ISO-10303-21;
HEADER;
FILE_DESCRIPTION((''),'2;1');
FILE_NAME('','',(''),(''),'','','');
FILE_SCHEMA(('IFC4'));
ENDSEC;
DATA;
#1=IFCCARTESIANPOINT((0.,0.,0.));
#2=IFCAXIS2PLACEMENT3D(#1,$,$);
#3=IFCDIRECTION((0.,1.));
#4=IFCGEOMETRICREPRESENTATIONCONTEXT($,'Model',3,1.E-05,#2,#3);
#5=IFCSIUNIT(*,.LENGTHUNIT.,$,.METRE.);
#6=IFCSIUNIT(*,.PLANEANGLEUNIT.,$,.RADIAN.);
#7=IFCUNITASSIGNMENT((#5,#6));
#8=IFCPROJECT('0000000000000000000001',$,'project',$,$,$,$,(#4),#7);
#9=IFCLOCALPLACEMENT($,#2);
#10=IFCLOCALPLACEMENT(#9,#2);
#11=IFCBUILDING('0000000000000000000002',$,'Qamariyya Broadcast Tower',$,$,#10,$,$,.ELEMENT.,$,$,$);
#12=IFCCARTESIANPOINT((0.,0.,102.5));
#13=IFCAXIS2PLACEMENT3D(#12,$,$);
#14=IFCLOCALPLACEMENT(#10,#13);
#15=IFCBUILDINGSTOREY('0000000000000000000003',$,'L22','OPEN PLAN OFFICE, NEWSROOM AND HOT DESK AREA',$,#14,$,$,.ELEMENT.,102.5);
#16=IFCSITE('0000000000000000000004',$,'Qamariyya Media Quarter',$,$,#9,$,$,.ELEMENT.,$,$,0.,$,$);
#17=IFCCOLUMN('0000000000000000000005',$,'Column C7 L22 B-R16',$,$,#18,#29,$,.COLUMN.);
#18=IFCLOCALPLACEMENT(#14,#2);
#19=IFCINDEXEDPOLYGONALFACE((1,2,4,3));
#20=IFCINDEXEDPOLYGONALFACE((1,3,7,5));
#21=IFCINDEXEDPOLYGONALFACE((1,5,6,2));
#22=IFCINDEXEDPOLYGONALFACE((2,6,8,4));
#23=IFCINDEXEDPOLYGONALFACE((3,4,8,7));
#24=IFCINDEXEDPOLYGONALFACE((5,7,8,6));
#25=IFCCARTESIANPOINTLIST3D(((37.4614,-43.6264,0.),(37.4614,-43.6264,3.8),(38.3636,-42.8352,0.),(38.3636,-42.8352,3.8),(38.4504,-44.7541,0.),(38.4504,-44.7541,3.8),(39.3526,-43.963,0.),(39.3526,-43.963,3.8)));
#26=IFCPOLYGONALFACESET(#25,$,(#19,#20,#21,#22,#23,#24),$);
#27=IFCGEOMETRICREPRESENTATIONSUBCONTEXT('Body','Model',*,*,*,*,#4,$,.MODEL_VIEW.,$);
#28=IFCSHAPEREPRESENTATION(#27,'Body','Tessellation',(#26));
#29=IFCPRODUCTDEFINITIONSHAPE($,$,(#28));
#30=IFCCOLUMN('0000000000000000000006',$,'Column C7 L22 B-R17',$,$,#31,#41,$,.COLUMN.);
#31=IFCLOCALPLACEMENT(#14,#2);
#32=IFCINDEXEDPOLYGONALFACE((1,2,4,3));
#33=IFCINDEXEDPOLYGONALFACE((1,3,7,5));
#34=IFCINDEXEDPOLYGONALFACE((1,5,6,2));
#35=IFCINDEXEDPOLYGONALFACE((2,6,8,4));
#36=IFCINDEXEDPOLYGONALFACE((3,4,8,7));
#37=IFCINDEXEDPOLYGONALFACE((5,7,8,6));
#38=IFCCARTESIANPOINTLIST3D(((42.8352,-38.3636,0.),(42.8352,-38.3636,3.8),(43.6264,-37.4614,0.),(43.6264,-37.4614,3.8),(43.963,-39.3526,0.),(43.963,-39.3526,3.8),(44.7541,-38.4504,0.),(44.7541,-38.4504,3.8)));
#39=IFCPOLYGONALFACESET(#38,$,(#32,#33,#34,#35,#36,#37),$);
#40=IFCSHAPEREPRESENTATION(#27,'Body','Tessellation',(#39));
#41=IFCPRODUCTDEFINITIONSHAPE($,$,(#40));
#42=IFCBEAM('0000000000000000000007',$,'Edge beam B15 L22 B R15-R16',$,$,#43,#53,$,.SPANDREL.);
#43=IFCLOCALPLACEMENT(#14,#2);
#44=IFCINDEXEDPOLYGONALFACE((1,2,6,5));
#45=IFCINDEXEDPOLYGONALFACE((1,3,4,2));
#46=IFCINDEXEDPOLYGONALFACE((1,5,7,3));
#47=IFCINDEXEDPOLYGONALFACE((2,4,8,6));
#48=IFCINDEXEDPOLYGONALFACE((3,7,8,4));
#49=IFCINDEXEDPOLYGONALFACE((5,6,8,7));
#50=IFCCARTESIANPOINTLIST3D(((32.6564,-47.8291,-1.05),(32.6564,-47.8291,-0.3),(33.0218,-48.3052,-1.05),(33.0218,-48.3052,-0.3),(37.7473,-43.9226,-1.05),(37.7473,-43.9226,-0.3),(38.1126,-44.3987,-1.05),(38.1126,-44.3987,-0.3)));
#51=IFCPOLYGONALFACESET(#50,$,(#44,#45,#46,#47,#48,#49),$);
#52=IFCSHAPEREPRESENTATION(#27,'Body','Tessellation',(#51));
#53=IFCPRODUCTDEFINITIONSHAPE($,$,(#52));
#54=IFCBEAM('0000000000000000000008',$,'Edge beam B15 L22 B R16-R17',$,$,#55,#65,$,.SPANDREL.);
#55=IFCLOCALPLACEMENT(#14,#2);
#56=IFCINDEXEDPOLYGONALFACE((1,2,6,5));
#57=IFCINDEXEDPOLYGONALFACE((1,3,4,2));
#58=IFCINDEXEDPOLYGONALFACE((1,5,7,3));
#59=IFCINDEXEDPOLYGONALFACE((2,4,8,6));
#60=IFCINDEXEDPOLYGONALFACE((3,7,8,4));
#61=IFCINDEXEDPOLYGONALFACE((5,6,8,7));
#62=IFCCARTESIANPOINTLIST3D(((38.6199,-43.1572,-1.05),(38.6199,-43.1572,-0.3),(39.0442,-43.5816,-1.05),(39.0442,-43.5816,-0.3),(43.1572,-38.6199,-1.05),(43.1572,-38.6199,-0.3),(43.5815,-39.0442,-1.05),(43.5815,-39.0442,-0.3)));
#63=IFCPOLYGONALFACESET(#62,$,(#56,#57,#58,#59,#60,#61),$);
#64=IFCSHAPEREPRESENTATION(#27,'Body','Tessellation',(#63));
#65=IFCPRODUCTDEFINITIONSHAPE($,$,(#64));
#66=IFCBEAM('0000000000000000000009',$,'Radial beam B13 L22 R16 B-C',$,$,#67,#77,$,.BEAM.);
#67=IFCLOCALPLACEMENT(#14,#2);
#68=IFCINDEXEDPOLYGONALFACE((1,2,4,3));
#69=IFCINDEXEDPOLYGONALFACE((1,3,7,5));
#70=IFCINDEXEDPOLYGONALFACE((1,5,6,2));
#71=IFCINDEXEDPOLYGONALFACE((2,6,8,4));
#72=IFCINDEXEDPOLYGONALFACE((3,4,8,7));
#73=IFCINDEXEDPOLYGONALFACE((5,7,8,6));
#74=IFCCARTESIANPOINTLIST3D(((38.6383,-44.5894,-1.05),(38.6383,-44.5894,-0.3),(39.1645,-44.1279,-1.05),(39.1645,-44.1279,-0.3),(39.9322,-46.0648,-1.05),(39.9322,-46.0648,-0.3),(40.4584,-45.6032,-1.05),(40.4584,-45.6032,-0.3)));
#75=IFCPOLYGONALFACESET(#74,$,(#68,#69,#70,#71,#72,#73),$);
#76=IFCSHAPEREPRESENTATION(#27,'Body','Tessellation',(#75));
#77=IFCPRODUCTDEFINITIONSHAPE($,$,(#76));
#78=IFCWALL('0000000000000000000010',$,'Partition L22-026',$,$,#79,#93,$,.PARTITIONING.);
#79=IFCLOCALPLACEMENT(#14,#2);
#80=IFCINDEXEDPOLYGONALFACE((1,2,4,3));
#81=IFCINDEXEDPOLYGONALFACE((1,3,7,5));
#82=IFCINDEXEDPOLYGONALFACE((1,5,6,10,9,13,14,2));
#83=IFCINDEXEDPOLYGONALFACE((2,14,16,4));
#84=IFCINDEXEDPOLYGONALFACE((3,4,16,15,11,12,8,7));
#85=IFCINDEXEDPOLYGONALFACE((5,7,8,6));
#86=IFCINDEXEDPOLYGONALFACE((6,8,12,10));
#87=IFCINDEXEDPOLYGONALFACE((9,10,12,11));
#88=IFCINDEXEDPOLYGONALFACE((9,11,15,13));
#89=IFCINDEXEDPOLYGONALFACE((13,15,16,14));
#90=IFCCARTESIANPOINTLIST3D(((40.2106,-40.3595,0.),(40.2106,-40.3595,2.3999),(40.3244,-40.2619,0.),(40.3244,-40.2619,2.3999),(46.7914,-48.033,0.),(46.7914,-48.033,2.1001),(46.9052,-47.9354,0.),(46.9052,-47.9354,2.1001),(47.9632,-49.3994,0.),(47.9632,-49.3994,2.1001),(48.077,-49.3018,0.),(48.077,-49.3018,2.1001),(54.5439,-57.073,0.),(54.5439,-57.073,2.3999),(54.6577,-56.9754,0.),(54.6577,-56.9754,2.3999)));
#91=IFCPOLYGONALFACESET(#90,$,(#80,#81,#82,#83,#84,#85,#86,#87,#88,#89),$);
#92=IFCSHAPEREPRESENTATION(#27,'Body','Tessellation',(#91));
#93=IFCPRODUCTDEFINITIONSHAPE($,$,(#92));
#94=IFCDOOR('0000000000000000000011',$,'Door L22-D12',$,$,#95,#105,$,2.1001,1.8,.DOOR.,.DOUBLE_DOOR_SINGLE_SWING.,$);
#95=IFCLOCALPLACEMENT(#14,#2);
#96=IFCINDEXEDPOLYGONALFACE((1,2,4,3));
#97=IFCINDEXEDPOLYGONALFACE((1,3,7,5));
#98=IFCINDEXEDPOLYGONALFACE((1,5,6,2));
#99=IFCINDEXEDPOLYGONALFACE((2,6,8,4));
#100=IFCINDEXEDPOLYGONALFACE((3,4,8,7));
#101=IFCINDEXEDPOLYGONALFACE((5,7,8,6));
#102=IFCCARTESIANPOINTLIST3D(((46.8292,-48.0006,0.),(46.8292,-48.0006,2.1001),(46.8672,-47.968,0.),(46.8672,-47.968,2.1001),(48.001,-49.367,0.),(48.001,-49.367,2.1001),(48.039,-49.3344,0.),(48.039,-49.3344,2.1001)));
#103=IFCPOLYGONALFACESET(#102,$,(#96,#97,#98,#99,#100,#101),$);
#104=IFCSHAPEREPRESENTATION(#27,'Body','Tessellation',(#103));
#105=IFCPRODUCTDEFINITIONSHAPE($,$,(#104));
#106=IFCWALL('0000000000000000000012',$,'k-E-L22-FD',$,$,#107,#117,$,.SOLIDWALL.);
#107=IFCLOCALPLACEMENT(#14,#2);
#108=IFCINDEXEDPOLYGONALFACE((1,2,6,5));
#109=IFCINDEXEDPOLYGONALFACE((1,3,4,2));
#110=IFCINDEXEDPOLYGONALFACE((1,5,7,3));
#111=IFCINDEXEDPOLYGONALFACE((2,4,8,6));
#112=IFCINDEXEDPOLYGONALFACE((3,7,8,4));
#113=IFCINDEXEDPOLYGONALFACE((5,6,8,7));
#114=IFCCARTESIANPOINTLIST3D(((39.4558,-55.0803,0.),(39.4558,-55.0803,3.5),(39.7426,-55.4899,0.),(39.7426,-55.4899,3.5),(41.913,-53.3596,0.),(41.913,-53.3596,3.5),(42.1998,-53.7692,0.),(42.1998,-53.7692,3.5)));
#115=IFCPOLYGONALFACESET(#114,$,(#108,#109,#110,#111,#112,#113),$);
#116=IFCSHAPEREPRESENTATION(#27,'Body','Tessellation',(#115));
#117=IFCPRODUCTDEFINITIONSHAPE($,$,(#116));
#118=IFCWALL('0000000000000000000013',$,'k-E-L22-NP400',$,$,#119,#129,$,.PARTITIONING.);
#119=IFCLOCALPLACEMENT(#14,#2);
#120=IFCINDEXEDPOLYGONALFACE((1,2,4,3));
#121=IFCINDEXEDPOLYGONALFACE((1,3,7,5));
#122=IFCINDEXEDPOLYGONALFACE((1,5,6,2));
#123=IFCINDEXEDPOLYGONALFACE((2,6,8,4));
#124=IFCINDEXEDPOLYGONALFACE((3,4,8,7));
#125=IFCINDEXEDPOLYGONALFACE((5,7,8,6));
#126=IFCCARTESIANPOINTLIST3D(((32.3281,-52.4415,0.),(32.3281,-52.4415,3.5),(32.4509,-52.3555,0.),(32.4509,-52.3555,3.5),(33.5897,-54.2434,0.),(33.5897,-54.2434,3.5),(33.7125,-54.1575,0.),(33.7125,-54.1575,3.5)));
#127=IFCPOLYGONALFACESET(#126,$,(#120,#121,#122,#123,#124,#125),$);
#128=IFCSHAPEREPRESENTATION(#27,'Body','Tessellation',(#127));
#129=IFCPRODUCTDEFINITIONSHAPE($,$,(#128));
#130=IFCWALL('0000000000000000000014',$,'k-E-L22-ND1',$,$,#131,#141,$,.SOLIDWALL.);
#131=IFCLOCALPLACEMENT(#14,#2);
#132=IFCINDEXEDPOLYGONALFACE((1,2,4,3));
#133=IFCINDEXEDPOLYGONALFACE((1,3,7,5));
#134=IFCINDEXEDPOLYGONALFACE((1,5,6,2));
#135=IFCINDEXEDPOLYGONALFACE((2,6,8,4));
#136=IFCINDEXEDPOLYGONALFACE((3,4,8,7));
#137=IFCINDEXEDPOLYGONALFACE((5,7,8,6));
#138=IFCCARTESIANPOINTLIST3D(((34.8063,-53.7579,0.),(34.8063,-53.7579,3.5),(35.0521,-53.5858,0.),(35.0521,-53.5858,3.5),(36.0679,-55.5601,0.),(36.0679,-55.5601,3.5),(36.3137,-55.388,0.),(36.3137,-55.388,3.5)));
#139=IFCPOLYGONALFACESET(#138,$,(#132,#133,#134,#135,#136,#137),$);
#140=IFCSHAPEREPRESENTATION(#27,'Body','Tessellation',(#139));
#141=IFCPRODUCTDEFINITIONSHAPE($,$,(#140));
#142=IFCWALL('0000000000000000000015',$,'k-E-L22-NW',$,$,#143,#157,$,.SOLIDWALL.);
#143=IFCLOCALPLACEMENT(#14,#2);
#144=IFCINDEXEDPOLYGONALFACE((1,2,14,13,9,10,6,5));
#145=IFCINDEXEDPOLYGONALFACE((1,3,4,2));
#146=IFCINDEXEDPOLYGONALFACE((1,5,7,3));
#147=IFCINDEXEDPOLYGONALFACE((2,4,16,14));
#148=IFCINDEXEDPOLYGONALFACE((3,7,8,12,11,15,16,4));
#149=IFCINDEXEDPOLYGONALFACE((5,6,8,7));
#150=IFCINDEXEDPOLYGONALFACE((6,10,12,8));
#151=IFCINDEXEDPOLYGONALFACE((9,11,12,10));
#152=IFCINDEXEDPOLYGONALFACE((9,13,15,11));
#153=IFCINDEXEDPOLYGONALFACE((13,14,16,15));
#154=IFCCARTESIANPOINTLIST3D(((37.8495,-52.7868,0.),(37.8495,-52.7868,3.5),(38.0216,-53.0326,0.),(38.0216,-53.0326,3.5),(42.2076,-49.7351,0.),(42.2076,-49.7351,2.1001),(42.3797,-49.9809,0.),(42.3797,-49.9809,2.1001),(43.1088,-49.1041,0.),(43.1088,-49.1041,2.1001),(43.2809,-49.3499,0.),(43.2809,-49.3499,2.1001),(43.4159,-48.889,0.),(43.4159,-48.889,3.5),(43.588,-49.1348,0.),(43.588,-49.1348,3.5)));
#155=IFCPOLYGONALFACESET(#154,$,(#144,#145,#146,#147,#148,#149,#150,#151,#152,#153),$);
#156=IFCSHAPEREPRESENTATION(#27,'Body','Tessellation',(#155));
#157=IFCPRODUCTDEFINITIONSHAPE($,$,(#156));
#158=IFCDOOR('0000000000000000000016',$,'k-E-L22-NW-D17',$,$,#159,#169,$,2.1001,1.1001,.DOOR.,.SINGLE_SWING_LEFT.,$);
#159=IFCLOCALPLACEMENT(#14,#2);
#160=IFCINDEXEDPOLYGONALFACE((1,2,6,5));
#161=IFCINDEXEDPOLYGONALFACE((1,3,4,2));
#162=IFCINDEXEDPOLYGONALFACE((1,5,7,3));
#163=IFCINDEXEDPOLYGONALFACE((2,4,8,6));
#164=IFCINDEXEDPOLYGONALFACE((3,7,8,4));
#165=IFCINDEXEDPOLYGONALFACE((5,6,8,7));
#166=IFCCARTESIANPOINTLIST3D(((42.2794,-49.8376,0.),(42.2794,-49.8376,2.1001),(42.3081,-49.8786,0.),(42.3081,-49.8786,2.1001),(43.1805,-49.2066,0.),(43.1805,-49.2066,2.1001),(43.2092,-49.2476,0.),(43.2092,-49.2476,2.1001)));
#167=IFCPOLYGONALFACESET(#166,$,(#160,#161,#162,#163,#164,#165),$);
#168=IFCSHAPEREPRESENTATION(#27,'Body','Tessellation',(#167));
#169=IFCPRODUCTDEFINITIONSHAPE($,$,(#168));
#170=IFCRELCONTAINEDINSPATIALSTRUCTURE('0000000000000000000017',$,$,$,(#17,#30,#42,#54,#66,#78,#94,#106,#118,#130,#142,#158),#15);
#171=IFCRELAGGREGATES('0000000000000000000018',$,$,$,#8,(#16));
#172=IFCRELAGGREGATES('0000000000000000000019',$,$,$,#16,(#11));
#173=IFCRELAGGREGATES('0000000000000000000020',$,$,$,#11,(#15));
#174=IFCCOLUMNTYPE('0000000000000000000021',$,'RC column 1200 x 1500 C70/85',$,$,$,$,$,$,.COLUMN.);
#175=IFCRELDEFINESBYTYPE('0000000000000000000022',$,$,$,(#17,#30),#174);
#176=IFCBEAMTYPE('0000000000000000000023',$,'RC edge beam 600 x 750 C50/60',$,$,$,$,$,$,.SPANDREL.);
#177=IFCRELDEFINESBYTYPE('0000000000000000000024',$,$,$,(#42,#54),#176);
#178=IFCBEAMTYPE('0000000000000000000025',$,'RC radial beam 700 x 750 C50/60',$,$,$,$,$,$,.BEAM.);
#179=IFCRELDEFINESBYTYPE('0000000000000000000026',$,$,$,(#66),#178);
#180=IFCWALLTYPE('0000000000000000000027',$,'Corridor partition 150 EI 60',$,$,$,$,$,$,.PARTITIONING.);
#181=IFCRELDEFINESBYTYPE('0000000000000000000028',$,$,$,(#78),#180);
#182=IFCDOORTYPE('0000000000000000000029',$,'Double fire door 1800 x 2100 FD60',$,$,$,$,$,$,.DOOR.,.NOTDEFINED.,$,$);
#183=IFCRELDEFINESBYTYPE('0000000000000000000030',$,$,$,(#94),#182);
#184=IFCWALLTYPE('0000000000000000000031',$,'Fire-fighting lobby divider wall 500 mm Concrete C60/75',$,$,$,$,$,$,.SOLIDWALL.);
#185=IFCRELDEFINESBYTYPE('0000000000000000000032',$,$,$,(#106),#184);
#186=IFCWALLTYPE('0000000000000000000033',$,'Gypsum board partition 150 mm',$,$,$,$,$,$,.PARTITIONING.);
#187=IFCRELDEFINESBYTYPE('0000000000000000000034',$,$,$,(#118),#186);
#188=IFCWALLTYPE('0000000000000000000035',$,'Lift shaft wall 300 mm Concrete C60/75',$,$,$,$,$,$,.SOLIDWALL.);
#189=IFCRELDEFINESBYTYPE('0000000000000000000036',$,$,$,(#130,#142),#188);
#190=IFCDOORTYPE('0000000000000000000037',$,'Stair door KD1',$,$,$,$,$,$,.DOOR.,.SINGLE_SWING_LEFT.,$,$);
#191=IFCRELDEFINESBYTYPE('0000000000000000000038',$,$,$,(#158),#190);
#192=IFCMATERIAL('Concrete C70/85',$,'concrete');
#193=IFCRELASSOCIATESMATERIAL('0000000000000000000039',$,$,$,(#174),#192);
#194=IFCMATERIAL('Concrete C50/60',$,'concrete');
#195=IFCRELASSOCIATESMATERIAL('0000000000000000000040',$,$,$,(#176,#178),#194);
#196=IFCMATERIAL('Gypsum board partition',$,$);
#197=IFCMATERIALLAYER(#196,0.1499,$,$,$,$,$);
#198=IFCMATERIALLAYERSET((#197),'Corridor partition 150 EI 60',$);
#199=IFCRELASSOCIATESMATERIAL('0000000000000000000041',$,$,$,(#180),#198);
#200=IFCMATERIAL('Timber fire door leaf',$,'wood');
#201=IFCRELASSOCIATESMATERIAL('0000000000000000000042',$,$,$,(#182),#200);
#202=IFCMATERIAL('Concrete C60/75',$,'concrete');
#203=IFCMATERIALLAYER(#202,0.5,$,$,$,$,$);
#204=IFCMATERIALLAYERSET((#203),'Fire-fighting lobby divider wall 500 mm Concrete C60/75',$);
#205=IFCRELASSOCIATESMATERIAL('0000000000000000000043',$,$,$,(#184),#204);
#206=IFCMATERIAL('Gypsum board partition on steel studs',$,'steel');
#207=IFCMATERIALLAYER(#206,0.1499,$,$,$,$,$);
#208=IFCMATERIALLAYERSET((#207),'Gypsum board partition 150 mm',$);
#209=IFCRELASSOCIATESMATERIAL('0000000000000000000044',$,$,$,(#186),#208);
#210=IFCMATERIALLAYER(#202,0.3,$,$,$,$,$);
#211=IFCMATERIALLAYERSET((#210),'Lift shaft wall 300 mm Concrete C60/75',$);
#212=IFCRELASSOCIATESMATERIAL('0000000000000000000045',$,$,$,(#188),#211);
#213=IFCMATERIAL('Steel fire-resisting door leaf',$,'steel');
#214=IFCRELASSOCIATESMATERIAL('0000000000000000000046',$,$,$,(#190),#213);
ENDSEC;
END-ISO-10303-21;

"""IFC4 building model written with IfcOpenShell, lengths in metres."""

from ifc_helpers import new_model, si_unit, direction, frame, frame_2d, origin, origin_2d, place, context, subcontext, project, spatial, rectangle, extrude, material, layer, layer_set, material_profile, profile_set, type_object, element, fill, save


model = new_model("IFC4")

# Units and contexts
model_context = context("Model", 3, precision=1e-05, world=origin(), true_north=direction((0.0, 1.0)))
body_context = subcontext(model_context, "Body", "Model", "MODEL_VIEW")
ifc_project = project(units=[si_unit("LENGTHUNIT", "METRE"), si_unit("PLANEANGLEUNIT", "RADIAN")], contexts=[model_context])

# Site, building, storey
site_placement = place(None, origin())
site = spatial("IfcSite", under=ifc_project, at=site_placement, Name="Qamariyya Media Quarter", CompositionType="ELEMENT", RefElevation=0.0)
building_placement = place(site_placement, origin())
building = spatial("IfcBuilding", under=site, at=building_placement, Name="Qamariyya Broadcast Tower", CompositionType="ELEMENT")
storey_placement = place(building_placement, frame((0.0, 0.0, 102.5)))
storey = spatial("IfcBuildingStorey", under=building, at=storey_placement, Name="L22", Description="OPEN PLAN OFFICE, NEWSROOM AND HOT DESK AREA", CompositionType="ELEMENT", Elevation=102.5)

# Columns
ifc_material_1 = material(Name="Concrete C70/85", Category="concrete")
ifc_material_profile_1 = material_profile(ifc_material_1, rectangle(XDim=1.2, YDim=1.5, at=origin_2d()))
ifc_profile_set_1 = profile_set([ifc_material_profile_1], Name="Concrete C70/85")
column_type = type_object("IfcColumnType", Name="RC column 1200 x 1500 C70/85", PredefinedType="COLUMN", material=ifc_profile_set_1)
for number, where, z_axis, x_axis, name in (
    (1, (38.407, -43.7947, 0.0), (0.0, 0.0, 1.0), (0.75184, 0.659346, 0.0), "Column C7 L22 B-R16"),
    (2, (43.7947, -38.407, 0.0), (0.0, 0.0, 1.0), (0.659346, 0.75184, 0.0), "Column C7 L22 B-R17"),
):
    element("IfcColumn", number, at=place(storey_placement, frame(where, z_axis=z_axis, x_axis=x_axis)), inside=storey, type_object=column_type, Name=name, PredefinedType="COLUMN", context=body_context, shape_type="SweptSolid", body=[
        extrude(rectangle(XDim=1.2, YDim=1.5, at=origin_2d()), origin(), (0.0, 0.0, 1.0), 3.8),
    ])

# Beams
ifc_material_2 = material(Name="Concrete C50/60", Category="concrete")
ifc_material_profile_2 = material_profile(ifc_material_2, rectangle(XDim=0.6001, YDim=0.75, at=origin_2d()))
ifc_profile_set_2 = profile_set([ifc_material_profile_2], Name="Concrete C50/60")
beam_type_1 = type_object("IfcBeamType", Name="RC edge beam 600 x 750 C50/60", PredefinedType="SPANDREL", material=ifc_profile_set_2)
beam_1_placement = place(storey_placement, frame((32.8391, -48.0671, -0.675), z_axis=(0.793341, 0.608778, 0.0), x_axis=(-0.608778, 0.793341, 0.0)))
element("IfcBeam", 3, at=beam_1_placement, inside=storey, type_object=beam_type_1, Name="Edge beam B15 L22 B R15-R16", PredefinedType="SPANDREL", context=body_context, shape_type="SweptSolid", body=[
    extrude(rectangle(XDim=0.6001, YDim=0.75, at=origin_2d()), origin(), (0.0, 0.0, 1.0), 6.417),
])
beam_2_placement = place(storey_placement, frame((38.832, -43.3694, -0.675), z_axis=(0.707107, 0.707107, 0.0), x_axis=(-0.707107, 0.707107, 0.0)))
element("IfcBeam", 4, at=beam_2_placement, inside=storey, type_object=beam_type_1, Name="Edge beam B15 L22 B R16-R17", PredefinedType="SPANDREL", context=body_context, shape_type="SweptSolid", body=[
    extrude(rectangle(XDim=0.6001, YDim=0.75, at=origin_2d()), origin(), (0.0, 0.0, 1.0), 6.4167),
])
ifc_material_profile_3 = material_profile(ifc_material_2, rectangle(XDim=0.7, YDim=0.75, at=origin_2d()))
ifc_profile_set_3 = profile_set([ifc_material_profile_3], Name="Concrete C50/60")
beam_type_2 = type_object("IfcBeamType", Name="RC radial beam 700 x 750 C50/60", PredefinedType="BEAM", material=ifc_profile_set_3)
beam_3_placement = place(storey_placement, frame((38.9014, -44.3586, -0.675), z_axis=(0.659376, -0.751813, 0.0), x_axis=(0.751813, 0.659376, 0.0)))
element("IfcBeam", 5, at=beam_3_placement, inside=storey, type_object=beam_type_2, Name="Radial beam B13 L22 R16 B-C", PredefinedType="BEAM", context=body_context, shape_type="SweptSolid", body=[
    extrude(rectangle(XDim=0.7, YDim=0.75, at=origin_2d()), origin(), (0.0, 0.0, 1.0), 1.9624),
])

# Wall, opening, door
ifc_material_3 = material(Name="Gypsum board partition")
ifc_layer_1 = layer(ifc_material_3, 0.1499)
ifc_layer_set_1 = layer_set([ifc_layer_1], Name="Corridor partition 150 EI 60")
wall_type_1 = type_object("IfcWallType", Name="Corridor partition 150 EI 60", PredefinedType="PARTITIONING", material=ifc_layer_set_1)
wall_1_placement = place(storey_placement, frame((40.2676, -40.3108, 0.0), z_axis=(0.0, 0.0, 1.0), x_axis=(0.650988, -0.759088, 0.0)))
wall_1 = element("IfcWall", 6, at=wall_1_placement, inside=storey, type_object=wall_type_1, Name="Partition L22-026", PredefinedType="PARTITIONING", context=body_context, shape_type="SweptSolid", body=[
    extrude(rectangle(XDim=22.0178, YDim=0.1499, at=frame_2d((11.0088, 0.0))), origin(), (0.0, 0.0, 1.0), 2.3999),
])
opening_1_placement = place(wall_1_placement, frame((10.1089, 0.0, 0.0)))
opening_1 = element("IfcOpeningElement", 7, at=opening_1_placement, cuts=wall_1, PredefinedType="OPENING", context=body_context, shape_type="SweptSolid", body=[
    extrude(rectangle(XDim=1.8, YDim=2.1001, at=frame_2d((0.8999, 1.05))), frame((0.0, 0.085, 0.0), z_axis=(0.0, -1.0, 0.0), x_axis=(1.0, 0.0, 0.0)), (0.0, 0.0, 1.0), 0.1699),
])
ifc_material_4 = material(Name="Timber fire door leaf", Category="wood")
door_type_1 = type_object("IfcDoorType", Name="Double fire door 1800 x 2100 FD60", OperationType="NOTDEFINED", PredefinedType="DOOR", material=ifc_material_4)
door_1_placement = place(opening_1_placement, origin())
door_1 = element("IfcDoor", 8, at=door_1_placement, inside=storey, type_object=door_type_1, Name="Door L22-D12", OperationType="DOUBLE_DOOR_SINGLE_SWING", OverallHeight=2.1001, OverallWidth=1.8, PredefinedType="DOOR", context=body_context, shape_type="SweptSolid", body=[
    extrude(rectangle(XDim=1.8, YDim=2.1001, at=frame_2d((0.8999, 1.05))), frame((0.0, 0.0249, 0.0), z_axis=(0.0, -1.0, 0.0), x_axis=(1.0, 0.0, 0.0)), (0.0, 0.0, 1.0), 0.05),
])
fill(opening_1, door_1)

# Walls
ifc_material_5 = material(Name="Concrete C60/75", Category="concrete")
ifc_layer_2 = layer(ifc_material_5, 0.5)
ifc_layer_set_2 = layer_set([ifc_layer_2], Name="Fire-fighting lobby divider wall 500 mm Concrete C60/75")
wall_type_2 = type_object("IfcWallType", Name="Fire-fighting lobby divider wall 500 mm Concrete C60/75", PredefinedType="SOLIDWALL", material=ifc_layer_set_2)
wall_2_placement = place(storey_placement, frame((39.5991, -55.2852, 0.0), z_axis=(0.0, 0.0, 1.0), x_axis=(0.819136, 0.573599, 0.0)))
element("IfcWall", 9, at=wall_2_placement, inside=storey, type_object=wall_type_2, Name="k-E-L22-FD", PredefinedType="SOLIDWALL", context=body_context, shape_type="SweptSolid", body=[
    extrude(rectangle(XDim=2.9998, YDim=0.5, at=frame_2d((1.5, 0.0))), origin(), (0.0, 0.0, 1.0), 3.5),
])
ifc_material_6 = material(Name="Gypsum board partition on steel studs", Category="steel")
ifc_layer_3 = layer(ifc_material_6, 0.1499)
ifc_layer_set_3 = layer_set([ifc_layer_3], Name="Gypsum board partition 150 mm")
wall_type_3 = type_object("IfcWallType", Name="Gypsum board partition 150 mm", PredefinedType="PARTITIONING", material=ifc_layer_set_3)
wall_3_placement = place(storey_placement, frame((33.6511, -54.2004, 0.0), z_axis=(0.0, 0.0, 1.0), x_axis=(-0.573559, 0.819164, 0.0)))
element("IfcWall", 10, at=wall_3_placement, inside=storey, type_object=wall_type_3, Name="k-E-L22-NP400", PredefinedType="PARTITIONING", context=body_context, shape_type="SweptSolid", body=[
    extrude(rectangle(XDim=2.1997, YDim=0.1499, at=frame_2d((1.0999, 0.0))), origin(), (0.0, 0.0, 1.0), 3.5),
])
ifc_layer_4 = layer(ifc_material_5, 0.3)
ifc_layer_set_4 = layer_set([ifc_layer_4], Name="Lift shaft wall 300 mm Concrete C60/75")
wall_type_4 = type_object("IfcWallType", Name="Lift shaft wall 300 mm Concrete C60/75", PredefinedType="SOLIDWALL", material=ifc_layer_set_4)
wall_4_placement = place(storey_placement, frame((36.1909, -55.4741, 0.0), z_axis=(0.0, 0.0, 1.0), x_axis=(-0.573507, 0.819201, 0.0)))
element("IfcWall", 11, at=wall_4_placement, inside=storey, type_object=wall_type_4, Name="k-E-L22-ND1", PredefinedType="SOLIDWALL", context=body_context, shape_type="SweptSolid", body=[
    extrude(rectangle(XDim=2.2, YDim=0.3, at=frame_2d((1.1001, 0.0))), origin(), (0.0, 0.0, 1.0), 3.5),
])

# Wall, opening, door
wall_5_placement = place(storey_placement, frame((37.9355, -52.9097, 0.0), z_axis=(0.0, 0.0, 1.0), x_axis=(0.819148, 0.573583, 0.0)))
wall_5 = element("IfcWall", 12, at=wall_5_placement, inside=storey, type_object=wall_type_4, Name="k-E-L22-NW", PredefinedType="SOLIDWALL", context=body_context, shape_type="SweptSolid", body=[
    extrude(rectangle(XDim=6.7954, YDim=0.3, at=frame_2d((3.3977, 0.0))), origin(), (0.0, 0.0, 1.0), 3.5),
])
opening_2_placement = place(wall_5_placement, frame((5.3203, 0.0, 0.0)))
opening_2 = element("IfcOpeningElement", 13, at=opening_2_placement, cuts=wall_5, PredefinedType="OPENING", context=body_context, shape_type="SweptSolid", body=[
    extrude(rectangle(XDim=1.1001, YDim=2.1001, at=frame_2d((0.55, 1.05))), frame((0.0, 0.1599, 0.0), z_axis=(0.0, -1.0, 0.0), x_axis=(1.0, 0.0, 0.0)), (0.0, 0.0, 1.0), 0.3201),
])
ifc_material_7 = material(Name="Steel fire-resisting door leaf", Category="steel")
door_type_2 = type_object("IfcDoorType", Name="Stair door KD1", OperationType="SINGLE_SWING_LEFT", PredefinedType="DOOR", material=ifc_material_7)
door_2_placement = place(opening_2_placement, origin())
door_2 = element("IfcDoor", 14, at=door_2_placement, inside=storey, type_object=door_type_2, Name="k-E-L22-NW-D17", OperationType="SINGLE_SWING_LEFT", OverallHeight=2.1001, OverallWidth=1.1001, PredefinedType="DOOR", context=body_context, shape_type="SweptSolid", body=[
    extrude(rectangle(XDim=1.1001, YDim=2.1001, at=frame_2d((0.55, 1.05))), frame((0.0, 0.0249, 0.0), z_axis=(0.0, -1.0, 0.0), x_axis=(1.0, 0.0, 0.0)), (0.0, 0.0, 1.0), 0.05),
])
fill(opening_2, door_2)

save(model, "model.ifc")
